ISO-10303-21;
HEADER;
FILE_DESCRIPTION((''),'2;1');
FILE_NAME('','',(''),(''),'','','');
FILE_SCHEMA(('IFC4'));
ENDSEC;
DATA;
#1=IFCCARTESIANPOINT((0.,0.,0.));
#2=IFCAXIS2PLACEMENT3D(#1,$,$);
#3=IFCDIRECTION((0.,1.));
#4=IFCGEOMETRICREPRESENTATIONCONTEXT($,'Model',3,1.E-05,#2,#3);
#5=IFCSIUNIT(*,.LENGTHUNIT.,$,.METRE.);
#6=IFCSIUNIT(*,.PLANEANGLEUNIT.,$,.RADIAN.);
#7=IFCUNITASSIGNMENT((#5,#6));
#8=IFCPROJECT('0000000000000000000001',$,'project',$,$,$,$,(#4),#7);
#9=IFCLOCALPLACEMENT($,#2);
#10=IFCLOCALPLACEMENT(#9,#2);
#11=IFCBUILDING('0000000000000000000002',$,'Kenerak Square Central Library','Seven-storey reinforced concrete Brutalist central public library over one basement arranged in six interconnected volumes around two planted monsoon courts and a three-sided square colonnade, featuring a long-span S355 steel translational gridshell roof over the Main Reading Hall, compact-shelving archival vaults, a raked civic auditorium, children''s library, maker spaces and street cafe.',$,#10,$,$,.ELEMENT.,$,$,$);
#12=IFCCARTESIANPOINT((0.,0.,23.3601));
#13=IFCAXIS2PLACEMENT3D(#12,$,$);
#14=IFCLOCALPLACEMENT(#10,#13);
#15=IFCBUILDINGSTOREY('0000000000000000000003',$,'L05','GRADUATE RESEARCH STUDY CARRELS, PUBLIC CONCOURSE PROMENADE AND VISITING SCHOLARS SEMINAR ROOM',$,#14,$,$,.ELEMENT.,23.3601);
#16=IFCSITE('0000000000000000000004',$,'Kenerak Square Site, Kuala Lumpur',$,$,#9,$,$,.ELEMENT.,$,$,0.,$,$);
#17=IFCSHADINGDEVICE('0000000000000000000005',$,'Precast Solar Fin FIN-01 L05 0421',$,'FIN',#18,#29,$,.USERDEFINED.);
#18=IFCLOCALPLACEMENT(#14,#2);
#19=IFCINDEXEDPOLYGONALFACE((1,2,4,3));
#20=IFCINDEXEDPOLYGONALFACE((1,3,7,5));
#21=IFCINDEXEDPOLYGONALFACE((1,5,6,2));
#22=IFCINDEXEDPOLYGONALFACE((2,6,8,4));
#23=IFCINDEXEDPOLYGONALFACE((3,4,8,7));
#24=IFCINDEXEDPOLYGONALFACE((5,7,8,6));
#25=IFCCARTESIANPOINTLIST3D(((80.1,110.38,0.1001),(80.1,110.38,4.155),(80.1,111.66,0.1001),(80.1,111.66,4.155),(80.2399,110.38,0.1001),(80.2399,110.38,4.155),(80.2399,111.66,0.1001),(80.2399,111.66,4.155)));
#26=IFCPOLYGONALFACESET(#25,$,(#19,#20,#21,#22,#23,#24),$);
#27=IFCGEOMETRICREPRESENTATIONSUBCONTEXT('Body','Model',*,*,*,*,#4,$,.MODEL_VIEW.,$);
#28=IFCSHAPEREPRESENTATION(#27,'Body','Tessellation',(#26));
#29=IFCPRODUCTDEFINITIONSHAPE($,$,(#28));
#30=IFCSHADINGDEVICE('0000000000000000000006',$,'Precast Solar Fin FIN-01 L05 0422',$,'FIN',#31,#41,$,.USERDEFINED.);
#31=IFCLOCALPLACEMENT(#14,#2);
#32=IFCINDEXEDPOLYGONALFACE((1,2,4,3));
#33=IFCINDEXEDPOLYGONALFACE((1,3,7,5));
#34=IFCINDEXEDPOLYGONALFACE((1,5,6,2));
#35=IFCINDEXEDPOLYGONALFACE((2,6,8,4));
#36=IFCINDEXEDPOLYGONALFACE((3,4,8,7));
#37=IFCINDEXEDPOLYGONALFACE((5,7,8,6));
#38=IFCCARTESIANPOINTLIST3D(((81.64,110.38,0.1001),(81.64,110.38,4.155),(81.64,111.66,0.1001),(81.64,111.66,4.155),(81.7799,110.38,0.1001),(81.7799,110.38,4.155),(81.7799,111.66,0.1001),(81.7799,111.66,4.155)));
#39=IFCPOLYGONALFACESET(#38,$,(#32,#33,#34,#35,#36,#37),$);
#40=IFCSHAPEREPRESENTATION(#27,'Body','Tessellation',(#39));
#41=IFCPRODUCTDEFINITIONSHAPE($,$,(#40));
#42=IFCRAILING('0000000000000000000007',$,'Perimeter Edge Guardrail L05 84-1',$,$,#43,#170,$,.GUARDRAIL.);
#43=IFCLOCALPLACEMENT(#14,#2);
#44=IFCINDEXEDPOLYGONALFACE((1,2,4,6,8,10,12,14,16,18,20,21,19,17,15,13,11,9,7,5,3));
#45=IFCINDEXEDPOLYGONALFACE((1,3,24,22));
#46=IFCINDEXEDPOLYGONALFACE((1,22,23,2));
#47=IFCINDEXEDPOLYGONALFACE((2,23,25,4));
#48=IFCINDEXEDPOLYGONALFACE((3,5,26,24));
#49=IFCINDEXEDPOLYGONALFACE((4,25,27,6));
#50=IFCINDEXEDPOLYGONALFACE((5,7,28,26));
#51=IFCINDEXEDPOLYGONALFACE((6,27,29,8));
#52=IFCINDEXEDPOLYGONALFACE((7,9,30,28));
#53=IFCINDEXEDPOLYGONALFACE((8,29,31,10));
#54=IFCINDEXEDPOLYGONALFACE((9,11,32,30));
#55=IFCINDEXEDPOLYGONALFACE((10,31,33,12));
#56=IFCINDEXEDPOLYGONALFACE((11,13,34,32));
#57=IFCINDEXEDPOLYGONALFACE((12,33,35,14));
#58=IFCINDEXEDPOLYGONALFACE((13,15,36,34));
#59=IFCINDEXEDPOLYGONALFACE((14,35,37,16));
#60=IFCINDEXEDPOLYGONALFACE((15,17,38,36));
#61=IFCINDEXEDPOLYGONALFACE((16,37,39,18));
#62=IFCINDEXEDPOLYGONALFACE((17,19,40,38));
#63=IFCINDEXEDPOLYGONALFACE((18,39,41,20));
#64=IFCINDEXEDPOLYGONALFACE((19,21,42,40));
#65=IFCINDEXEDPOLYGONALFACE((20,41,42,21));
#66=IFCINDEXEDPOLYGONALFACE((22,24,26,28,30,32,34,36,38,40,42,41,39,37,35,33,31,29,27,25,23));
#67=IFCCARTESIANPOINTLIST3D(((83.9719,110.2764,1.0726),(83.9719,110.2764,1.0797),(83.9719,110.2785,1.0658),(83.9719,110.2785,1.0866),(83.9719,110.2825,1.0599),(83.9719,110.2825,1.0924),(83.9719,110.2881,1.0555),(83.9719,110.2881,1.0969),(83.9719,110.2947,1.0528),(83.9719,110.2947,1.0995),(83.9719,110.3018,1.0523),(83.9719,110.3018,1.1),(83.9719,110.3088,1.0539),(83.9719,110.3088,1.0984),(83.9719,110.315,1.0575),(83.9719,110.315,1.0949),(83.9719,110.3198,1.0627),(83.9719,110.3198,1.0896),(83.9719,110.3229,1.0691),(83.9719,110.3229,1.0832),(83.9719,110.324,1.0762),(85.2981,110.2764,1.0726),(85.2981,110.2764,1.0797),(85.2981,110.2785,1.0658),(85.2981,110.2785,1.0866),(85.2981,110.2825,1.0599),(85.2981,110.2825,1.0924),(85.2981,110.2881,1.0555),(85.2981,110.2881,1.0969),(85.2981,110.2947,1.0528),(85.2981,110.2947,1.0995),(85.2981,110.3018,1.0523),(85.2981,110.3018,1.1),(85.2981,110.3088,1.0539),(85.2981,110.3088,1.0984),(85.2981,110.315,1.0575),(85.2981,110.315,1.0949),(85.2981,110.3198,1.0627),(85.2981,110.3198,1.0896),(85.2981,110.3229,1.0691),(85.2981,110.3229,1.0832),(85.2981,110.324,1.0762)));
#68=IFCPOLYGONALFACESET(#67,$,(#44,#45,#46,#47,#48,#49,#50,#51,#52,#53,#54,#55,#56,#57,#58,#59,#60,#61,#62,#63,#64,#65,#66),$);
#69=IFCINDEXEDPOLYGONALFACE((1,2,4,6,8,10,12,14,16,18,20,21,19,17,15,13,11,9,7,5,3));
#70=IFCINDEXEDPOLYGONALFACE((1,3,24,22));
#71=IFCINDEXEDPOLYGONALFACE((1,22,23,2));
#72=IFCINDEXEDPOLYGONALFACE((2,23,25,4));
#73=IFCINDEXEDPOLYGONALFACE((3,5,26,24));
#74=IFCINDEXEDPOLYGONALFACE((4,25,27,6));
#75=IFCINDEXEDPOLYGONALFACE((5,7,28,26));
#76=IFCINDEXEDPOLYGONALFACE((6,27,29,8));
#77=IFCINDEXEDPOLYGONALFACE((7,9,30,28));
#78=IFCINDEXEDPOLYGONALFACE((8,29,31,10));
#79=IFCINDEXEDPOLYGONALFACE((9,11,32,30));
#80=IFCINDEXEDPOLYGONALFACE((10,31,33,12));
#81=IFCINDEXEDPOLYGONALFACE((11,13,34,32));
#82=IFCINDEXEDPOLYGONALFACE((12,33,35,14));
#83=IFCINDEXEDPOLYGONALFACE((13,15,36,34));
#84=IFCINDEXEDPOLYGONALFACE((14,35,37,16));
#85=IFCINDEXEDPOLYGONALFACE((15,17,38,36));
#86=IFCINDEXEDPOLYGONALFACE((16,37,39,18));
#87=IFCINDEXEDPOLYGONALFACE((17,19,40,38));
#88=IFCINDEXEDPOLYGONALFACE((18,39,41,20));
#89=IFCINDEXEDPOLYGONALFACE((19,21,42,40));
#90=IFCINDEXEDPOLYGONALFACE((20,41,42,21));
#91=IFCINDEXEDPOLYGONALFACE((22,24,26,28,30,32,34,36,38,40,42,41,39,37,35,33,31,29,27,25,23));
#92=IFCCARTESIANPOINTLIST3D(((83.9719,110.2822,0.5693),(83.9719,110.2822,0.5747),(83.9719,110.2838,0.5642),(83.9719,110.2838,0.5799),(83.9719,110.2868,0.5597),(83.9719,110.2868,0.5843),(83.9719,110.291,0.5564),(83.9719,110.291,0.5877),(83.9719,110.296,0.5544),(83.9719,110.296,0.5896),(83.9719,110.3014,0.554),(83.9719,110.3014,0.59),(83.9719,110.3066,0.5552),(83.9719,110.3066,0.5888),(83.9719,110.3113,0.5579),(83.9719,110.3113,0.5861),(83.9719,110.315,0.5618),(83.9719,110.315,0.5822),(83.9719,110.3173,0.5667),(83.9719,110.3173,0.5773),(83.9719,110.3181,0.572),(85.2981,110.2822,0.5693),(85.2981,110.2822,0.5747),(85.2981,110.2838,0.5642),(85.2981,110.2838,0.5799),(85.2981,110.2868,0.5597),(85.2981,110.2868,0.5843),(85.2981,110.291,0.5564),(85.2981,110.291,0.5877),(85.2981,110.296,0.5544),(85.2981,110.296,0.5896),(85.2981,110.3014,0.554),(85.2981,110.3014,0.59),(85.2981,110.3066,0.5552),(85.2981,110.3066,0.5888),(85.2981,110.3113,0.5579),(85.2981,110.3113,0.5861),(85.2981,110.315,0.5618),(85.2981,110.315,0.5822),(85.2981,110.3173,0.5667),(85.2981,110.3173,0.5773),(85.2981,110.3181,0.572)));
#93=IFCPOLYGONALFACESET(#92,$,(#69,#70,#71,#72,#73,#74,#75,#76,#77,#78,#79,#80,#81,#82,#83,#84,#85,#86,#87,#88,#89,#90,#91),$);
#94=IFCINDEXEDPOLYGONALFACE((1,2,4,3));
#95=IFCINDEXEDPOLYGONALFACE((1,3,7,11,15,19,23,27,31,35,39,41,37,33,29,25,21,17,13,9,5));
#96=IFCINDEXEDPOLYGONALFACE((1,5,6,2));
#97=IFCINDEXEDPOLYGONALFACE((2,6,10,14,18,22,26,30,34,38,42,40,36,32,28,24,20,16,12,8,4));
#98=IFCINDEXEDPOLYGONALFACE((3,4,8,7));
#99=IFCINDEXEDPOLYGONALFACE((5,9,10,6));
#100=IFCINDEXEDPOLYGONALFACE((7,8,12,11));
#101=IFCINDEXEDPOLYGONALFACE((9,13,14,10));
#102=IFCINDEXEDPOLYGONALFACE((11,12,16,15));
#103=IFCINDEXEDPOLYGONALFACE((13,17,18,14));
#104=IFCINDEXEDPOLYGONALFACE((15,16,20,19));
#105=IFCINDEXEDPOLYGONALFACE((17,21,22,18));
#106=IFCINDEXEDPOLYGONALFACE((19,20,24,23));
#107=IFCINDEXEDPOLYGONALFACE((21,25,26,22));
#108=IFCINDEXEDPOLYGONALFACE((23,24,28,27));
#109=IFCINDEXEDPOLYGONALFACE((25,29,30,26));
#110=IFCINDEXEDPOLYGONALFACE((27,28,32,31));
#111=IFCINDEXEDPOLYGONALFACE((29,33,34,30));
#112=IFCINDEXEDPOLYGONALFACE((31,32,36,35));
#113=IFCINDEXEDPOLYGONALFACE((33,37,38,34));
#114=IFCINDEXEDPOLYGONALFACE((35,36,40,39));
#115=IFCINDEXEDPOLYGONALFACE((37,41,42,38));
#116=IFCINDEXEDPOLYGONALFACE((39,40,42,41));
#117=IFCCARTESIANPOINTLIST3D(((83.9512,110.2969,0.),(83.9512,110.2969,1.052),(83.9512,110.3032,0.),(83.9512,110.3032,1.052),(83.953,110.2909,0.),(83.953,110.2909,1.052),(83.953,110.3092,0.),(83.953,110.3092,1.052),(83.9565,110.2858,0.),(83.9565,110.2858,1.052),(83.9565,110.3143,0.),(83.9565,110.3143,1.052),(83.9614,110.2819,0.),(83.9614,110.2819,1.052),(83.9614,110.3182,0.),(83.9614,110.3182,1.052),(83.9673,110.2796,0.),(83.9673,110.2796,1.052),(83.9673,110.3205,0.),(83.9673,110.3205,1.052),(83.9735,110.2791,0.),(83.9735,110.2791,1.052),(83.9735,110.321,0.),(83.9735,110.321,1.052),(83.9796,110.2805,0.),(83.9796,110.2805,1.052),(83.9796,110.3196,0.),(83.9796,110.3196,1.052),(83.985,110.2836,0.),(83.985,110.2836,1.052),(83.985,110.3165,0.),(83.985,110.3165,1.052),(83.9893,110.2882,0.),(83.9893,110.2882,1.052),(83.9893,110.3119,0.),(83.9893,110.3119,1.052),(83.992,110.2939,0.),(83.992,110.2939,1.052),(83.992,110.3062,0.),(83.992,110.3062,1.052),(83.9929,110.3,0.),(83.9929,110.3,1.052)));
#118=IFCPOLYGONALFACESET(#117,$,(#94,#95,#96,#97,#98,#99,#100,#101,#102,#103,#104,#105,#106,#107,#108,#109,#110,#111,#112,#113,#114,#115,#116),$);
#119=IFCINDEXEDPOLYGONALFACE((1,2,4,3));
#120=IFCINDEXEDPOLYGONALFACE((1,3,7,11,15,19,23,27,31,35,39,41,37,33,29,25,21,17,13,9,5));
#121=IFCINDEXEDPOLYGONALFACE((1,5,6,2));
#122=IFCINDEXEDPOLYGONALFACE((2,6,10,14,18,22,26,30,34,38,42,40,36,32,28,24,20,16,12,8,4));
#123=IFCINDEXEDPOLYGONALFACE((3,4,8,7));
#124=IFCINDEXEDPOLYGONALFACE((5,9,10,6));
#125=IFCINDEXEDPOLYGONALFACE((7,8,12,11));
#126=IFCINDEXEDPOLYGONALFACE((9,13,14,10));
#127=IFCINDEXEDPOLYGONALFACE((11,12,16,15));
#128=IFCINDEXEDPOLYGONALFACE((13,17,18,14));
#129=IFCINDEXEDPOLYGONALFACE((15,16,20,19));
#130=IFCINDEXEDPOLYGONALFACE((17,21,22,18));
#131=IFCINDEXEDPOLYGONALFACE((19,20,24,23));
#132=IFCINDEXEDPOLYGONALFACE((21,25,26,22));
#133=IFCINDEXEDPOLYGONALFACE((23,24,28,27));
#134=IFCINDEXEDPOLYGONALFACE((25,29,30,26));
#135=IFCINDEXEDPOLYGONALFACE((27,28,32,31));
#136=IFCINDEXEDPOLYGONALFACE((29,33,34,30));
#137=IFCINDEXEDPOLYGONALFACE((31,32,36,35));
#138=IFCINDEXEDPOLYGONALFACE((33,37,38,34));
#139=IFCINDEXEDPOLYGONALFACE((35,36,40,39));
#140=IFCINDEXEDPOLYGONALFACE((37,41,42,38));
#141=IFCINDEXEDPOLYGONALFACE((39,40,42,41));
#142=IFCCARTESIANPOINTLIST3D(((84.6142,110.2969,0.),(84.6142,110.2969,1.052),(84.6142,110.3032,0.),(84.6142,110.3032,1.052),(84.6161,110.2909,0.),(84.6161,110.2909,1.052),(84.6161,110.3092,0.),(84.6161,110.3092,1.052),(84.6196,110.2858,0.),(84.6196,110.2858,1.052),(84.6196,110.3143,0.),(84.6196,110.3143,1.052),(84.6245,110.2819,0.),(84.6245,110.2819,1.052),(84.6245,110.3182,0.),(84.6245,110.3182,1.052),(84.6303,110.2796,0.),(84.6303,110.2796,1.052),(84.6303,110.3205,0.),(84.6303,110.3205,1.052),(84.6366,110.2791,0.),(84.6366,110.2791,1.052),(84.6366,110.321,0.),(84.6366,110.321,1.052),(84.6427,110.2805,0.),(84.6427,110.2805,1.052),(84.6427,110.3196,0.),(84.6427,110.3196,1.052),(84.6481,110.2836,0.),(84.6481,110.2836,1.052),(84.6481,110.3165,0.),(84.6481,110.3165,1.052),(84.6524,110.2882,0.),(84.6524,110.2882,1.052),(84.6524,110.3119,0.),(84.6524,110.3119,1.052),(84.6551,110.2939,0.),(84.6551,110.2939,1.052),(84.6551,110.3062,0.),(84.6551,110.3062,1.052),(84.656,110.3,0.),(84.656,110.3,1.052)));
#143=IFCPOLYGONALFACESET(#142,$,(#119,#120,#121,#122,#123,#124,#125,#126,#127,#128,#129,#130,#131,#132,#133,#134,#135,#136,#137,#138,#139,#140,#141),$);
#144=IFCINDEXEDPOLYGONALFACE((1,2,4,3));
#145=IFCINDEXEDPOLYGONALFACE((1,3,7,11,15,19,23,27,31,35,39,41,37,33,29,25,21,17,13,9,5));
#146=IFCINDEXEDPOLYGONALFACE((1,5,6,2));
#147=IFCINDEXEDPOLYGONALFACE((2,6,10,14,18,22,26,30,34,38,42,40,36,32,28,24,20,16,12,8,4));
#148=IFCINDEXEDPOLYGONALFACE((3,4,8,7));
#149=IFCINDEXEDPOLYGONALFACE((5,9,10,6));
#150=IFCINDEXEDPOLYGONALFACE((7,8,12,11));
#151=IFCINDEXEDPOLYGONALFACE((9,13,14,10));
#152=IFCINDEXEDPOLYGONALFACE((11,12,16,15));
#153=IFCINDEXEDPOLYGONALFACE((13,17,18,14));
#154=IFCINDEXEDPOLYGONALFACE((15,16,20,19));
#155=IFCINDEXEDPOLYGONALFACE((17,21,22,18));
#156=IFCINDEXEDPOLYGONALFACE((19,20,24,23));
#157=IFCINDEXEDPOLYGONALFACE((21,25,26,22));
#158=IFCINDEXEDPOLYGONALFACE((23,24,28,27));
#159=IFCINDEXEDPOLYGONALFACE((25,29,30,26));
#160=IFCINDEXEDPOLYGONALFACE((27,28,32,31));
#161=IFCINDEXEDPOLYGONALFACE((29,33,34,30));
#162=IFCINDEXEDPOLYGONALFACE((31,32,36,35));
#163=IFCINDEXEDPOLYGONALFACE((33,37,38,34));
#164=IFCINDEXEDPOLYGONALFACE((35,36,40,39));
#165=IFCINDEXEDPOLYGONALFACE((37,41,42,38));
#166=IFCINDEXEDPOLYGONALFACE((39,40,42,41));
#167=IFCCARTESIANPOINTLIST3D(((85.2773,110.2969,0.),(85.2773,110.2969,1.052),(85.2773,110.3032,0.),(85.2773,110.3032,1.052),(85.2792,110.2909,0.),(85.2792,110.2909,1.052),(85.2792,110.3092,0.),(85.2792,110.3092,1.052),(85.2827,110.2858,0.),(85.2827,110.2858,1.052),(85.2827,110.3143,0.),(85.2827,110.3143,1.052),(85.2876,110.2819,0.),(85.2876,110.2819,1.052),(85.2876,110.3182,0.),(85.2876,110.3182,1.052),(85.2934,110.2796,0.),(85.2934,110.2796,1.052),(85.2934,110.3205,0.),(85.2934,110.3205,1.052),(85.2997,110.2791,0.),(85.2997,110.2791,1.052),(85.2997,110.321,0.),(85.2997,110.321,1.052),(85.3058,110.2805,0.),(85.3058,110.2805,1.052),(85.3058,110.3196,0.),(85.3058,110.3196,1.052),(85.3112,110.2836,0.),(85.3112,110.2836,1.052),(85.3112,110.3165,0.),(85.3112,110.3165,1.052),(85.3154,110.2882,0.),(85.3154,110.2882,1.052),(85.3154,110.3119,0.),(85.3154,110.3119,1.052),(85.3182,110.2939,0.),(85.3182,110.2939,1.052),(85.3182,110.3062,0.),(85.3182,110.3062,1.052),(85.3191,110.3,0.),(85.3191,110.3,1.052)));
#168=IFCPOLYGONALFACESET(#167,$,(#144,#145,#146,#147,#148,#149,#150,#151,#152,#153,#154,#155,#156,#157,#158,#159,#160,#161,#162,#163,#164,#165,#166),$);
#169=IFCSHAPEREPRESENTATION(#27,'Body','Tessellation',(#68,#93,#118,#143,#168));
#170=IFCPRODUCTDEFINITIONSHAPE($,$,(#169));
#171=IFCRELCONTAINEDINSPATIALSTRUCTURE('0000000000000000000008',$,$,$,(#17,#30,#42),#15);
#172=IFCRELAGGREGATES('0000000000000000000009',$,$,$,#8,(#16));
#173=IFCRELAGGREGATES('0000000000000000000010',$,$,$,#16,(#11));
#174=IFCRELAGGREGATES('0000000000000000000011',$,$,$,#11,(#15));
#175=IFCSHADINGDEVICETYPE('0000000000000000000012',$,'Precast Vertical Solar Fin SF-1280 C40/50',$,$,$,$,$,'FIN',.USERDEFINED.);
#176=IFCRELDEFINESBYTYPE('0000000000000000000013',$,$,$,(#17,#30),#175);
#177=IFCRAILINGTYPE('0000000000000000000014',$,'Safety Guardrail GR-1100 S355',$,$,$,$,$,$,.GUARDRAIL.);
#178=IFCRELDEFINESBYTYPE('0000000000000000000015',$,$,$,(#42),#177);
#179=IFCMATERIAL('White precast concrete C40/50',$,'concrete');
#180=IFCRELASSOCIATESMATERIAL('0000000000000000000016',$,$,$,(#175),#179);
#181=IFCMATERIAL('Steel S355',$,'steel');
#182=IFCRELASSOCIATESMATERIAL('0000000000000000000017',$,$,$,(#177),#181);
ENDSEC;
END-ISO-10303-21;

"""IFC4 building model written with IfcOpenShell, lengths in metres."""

from ifc_helpers import new_model, si_unit, direction, frame, origin, origin_2d, place, context, subcontext, project, spatial, rectangle, circle, extrude, material, type_object, element, save


model = new_model("IFC4")

# Units and contexts
model_context = context("Model", 3, precision=1e-05, world=origin(), true_north=direction((0.0, 1.0)))
body_context = subcontext(model_context, "Body", "Model", "MODEL_VIEW")
ifc_project = project(units=[si_unit("LENGTHUNIT", "METRE"), si_unit("PLANEANGLEUNIT", "RADIAN")], contexts=[model_context])

# Site, building, storey
site_placement = place(None, origin())
site = spatial("IfcSite", under=ifc_project, at=site_placement, Name="Kenerak Square Site, Kuala Lumpur", CompositionType="ELEMENT", RefElevation=0.0)
building_placement = place(site_placement, origin())
building = spatial("IfcBuilding", under=site, at=building_placement, Name="Kenerak Square Central Library", Description="Seven-storey reinforced concrete Brutalist central public library over one basement arranged in six interconnected volumes around two planted monsoon courts and a three-sided square colonnade, featuring a long-span S355 steel translational gridshell roof over the Main Reading Hall, compact-shelving archival vaults, a raked civic auditorium, children's library, maker spaces and street cafe.", CompositionType="ELEMENT")
storey_placement = place(building_placement, frame((0.0, 0.0, 23.3601)))
storey = spatial("IfcBuildingStorey", under=building, at=storey_placement, Name="L05", Description="GRADUATE RESEARCH STUDY CARRELS, PUBLIC CONCOURSE PROMENADE AND VISITING SCHOLARS SEMINAR ROOM", CompositionType="ELEMENT", Elevation=23.3601)

# Shading devices
ifc_material_1 = material(Name="White precast concrete C40/50", Category="concrete")
shading_device_type = type_object("IfcShadingDeviceType", Name="Precast Vertical Solar Fin SF-1280 C40/50", ElementType="FIN", PredefinedType="USERDEFINED", material=ifc_material_1)
for number, where, z_axis, x_axis, name in (
    (1, (80.1699, 111.02, 0.1001), (0.0, 0.0, 1.0), (1.0, 0.0, 0.0), "Precast Solar Fin FIN-01 L05 0421"),
    (2, (81.71, 111.02, 0.1001), (0.0, 0.0, 1.0), (1.0, 0.0, 0.0), "Precast Solar Fin FIN-01 L05 0422"),
):
    element("IfcShadingDevice", number, at=place(storey_placement, frame(where, z_axis=z_axis, x_axis=x_axis)), inside=storey, type_object=shading_device_type, Name=name, ObjectType="FIN", PredefinedType="USERDEFINED", context=body_context, shape_type="SweptSolid", body=[
        extrude(rectangle(XDim=0.1399, YDim=1.28, at=origin_2d()), origin(), (0.0, 0.0, 1.0), 4.0549),
    ])

# Railing
ifc_material_2 = material(Name="Steel S355", Category="steel")
railing_type_1 = type_object("IfcRailingType", Name="Safety Guardrail GR-1100 S355", PredefinedType="GUARDRAIL", material=ifc_material_2)
railing_1_placement = place(storey_placement, frame((83.9719, 110.3, 0.0)))
element("IfcRailing", 3, at=railing_1_placement, inside=storey, type_object=railing_type_1, Name="Perimeter Edge Guardrail L05 84-1", PredefinedType="GUARDRAIL", context=body_context, shape_type="SweptSolid", body=[
    extrude(circle(Radius=0.0239, at=origin_2d()), frame((0.0, 0.0, 1.0762), z_axis=(1.0, 0.0, 0.0), x_axis=(0.0, 1.0, 0.0)), (0.0, 0.0, 1.0), 1.3262),
    extrude(circle(Radius=0.0181, at=origin_2d()), frame((0.0, 0.0, 0.572), z_axis=(1.0, 0.0, 0.0), x_axis=(0.0, 1.0, 0.0)), (0.0, 0.0, 1.0), 1.3262),
    extrude(circle(Radius=0.021, at=origin_2d()), origin(), (0.0, 0.0, 1.0), 1.052),
    extrude(circle(Radius=0.021, at=origin_2d()), frame((0.6631, 0.0, 0.0)), (0.0, 0.0, 1.0), 1.052),
    extrude(circle(Radius=0.021, at=origin_2d()), frame((1.3262, 0.0, 0.0)), (0.0, 0.0, 1.0), 1.052),
])

save(model, "model.ifc")
